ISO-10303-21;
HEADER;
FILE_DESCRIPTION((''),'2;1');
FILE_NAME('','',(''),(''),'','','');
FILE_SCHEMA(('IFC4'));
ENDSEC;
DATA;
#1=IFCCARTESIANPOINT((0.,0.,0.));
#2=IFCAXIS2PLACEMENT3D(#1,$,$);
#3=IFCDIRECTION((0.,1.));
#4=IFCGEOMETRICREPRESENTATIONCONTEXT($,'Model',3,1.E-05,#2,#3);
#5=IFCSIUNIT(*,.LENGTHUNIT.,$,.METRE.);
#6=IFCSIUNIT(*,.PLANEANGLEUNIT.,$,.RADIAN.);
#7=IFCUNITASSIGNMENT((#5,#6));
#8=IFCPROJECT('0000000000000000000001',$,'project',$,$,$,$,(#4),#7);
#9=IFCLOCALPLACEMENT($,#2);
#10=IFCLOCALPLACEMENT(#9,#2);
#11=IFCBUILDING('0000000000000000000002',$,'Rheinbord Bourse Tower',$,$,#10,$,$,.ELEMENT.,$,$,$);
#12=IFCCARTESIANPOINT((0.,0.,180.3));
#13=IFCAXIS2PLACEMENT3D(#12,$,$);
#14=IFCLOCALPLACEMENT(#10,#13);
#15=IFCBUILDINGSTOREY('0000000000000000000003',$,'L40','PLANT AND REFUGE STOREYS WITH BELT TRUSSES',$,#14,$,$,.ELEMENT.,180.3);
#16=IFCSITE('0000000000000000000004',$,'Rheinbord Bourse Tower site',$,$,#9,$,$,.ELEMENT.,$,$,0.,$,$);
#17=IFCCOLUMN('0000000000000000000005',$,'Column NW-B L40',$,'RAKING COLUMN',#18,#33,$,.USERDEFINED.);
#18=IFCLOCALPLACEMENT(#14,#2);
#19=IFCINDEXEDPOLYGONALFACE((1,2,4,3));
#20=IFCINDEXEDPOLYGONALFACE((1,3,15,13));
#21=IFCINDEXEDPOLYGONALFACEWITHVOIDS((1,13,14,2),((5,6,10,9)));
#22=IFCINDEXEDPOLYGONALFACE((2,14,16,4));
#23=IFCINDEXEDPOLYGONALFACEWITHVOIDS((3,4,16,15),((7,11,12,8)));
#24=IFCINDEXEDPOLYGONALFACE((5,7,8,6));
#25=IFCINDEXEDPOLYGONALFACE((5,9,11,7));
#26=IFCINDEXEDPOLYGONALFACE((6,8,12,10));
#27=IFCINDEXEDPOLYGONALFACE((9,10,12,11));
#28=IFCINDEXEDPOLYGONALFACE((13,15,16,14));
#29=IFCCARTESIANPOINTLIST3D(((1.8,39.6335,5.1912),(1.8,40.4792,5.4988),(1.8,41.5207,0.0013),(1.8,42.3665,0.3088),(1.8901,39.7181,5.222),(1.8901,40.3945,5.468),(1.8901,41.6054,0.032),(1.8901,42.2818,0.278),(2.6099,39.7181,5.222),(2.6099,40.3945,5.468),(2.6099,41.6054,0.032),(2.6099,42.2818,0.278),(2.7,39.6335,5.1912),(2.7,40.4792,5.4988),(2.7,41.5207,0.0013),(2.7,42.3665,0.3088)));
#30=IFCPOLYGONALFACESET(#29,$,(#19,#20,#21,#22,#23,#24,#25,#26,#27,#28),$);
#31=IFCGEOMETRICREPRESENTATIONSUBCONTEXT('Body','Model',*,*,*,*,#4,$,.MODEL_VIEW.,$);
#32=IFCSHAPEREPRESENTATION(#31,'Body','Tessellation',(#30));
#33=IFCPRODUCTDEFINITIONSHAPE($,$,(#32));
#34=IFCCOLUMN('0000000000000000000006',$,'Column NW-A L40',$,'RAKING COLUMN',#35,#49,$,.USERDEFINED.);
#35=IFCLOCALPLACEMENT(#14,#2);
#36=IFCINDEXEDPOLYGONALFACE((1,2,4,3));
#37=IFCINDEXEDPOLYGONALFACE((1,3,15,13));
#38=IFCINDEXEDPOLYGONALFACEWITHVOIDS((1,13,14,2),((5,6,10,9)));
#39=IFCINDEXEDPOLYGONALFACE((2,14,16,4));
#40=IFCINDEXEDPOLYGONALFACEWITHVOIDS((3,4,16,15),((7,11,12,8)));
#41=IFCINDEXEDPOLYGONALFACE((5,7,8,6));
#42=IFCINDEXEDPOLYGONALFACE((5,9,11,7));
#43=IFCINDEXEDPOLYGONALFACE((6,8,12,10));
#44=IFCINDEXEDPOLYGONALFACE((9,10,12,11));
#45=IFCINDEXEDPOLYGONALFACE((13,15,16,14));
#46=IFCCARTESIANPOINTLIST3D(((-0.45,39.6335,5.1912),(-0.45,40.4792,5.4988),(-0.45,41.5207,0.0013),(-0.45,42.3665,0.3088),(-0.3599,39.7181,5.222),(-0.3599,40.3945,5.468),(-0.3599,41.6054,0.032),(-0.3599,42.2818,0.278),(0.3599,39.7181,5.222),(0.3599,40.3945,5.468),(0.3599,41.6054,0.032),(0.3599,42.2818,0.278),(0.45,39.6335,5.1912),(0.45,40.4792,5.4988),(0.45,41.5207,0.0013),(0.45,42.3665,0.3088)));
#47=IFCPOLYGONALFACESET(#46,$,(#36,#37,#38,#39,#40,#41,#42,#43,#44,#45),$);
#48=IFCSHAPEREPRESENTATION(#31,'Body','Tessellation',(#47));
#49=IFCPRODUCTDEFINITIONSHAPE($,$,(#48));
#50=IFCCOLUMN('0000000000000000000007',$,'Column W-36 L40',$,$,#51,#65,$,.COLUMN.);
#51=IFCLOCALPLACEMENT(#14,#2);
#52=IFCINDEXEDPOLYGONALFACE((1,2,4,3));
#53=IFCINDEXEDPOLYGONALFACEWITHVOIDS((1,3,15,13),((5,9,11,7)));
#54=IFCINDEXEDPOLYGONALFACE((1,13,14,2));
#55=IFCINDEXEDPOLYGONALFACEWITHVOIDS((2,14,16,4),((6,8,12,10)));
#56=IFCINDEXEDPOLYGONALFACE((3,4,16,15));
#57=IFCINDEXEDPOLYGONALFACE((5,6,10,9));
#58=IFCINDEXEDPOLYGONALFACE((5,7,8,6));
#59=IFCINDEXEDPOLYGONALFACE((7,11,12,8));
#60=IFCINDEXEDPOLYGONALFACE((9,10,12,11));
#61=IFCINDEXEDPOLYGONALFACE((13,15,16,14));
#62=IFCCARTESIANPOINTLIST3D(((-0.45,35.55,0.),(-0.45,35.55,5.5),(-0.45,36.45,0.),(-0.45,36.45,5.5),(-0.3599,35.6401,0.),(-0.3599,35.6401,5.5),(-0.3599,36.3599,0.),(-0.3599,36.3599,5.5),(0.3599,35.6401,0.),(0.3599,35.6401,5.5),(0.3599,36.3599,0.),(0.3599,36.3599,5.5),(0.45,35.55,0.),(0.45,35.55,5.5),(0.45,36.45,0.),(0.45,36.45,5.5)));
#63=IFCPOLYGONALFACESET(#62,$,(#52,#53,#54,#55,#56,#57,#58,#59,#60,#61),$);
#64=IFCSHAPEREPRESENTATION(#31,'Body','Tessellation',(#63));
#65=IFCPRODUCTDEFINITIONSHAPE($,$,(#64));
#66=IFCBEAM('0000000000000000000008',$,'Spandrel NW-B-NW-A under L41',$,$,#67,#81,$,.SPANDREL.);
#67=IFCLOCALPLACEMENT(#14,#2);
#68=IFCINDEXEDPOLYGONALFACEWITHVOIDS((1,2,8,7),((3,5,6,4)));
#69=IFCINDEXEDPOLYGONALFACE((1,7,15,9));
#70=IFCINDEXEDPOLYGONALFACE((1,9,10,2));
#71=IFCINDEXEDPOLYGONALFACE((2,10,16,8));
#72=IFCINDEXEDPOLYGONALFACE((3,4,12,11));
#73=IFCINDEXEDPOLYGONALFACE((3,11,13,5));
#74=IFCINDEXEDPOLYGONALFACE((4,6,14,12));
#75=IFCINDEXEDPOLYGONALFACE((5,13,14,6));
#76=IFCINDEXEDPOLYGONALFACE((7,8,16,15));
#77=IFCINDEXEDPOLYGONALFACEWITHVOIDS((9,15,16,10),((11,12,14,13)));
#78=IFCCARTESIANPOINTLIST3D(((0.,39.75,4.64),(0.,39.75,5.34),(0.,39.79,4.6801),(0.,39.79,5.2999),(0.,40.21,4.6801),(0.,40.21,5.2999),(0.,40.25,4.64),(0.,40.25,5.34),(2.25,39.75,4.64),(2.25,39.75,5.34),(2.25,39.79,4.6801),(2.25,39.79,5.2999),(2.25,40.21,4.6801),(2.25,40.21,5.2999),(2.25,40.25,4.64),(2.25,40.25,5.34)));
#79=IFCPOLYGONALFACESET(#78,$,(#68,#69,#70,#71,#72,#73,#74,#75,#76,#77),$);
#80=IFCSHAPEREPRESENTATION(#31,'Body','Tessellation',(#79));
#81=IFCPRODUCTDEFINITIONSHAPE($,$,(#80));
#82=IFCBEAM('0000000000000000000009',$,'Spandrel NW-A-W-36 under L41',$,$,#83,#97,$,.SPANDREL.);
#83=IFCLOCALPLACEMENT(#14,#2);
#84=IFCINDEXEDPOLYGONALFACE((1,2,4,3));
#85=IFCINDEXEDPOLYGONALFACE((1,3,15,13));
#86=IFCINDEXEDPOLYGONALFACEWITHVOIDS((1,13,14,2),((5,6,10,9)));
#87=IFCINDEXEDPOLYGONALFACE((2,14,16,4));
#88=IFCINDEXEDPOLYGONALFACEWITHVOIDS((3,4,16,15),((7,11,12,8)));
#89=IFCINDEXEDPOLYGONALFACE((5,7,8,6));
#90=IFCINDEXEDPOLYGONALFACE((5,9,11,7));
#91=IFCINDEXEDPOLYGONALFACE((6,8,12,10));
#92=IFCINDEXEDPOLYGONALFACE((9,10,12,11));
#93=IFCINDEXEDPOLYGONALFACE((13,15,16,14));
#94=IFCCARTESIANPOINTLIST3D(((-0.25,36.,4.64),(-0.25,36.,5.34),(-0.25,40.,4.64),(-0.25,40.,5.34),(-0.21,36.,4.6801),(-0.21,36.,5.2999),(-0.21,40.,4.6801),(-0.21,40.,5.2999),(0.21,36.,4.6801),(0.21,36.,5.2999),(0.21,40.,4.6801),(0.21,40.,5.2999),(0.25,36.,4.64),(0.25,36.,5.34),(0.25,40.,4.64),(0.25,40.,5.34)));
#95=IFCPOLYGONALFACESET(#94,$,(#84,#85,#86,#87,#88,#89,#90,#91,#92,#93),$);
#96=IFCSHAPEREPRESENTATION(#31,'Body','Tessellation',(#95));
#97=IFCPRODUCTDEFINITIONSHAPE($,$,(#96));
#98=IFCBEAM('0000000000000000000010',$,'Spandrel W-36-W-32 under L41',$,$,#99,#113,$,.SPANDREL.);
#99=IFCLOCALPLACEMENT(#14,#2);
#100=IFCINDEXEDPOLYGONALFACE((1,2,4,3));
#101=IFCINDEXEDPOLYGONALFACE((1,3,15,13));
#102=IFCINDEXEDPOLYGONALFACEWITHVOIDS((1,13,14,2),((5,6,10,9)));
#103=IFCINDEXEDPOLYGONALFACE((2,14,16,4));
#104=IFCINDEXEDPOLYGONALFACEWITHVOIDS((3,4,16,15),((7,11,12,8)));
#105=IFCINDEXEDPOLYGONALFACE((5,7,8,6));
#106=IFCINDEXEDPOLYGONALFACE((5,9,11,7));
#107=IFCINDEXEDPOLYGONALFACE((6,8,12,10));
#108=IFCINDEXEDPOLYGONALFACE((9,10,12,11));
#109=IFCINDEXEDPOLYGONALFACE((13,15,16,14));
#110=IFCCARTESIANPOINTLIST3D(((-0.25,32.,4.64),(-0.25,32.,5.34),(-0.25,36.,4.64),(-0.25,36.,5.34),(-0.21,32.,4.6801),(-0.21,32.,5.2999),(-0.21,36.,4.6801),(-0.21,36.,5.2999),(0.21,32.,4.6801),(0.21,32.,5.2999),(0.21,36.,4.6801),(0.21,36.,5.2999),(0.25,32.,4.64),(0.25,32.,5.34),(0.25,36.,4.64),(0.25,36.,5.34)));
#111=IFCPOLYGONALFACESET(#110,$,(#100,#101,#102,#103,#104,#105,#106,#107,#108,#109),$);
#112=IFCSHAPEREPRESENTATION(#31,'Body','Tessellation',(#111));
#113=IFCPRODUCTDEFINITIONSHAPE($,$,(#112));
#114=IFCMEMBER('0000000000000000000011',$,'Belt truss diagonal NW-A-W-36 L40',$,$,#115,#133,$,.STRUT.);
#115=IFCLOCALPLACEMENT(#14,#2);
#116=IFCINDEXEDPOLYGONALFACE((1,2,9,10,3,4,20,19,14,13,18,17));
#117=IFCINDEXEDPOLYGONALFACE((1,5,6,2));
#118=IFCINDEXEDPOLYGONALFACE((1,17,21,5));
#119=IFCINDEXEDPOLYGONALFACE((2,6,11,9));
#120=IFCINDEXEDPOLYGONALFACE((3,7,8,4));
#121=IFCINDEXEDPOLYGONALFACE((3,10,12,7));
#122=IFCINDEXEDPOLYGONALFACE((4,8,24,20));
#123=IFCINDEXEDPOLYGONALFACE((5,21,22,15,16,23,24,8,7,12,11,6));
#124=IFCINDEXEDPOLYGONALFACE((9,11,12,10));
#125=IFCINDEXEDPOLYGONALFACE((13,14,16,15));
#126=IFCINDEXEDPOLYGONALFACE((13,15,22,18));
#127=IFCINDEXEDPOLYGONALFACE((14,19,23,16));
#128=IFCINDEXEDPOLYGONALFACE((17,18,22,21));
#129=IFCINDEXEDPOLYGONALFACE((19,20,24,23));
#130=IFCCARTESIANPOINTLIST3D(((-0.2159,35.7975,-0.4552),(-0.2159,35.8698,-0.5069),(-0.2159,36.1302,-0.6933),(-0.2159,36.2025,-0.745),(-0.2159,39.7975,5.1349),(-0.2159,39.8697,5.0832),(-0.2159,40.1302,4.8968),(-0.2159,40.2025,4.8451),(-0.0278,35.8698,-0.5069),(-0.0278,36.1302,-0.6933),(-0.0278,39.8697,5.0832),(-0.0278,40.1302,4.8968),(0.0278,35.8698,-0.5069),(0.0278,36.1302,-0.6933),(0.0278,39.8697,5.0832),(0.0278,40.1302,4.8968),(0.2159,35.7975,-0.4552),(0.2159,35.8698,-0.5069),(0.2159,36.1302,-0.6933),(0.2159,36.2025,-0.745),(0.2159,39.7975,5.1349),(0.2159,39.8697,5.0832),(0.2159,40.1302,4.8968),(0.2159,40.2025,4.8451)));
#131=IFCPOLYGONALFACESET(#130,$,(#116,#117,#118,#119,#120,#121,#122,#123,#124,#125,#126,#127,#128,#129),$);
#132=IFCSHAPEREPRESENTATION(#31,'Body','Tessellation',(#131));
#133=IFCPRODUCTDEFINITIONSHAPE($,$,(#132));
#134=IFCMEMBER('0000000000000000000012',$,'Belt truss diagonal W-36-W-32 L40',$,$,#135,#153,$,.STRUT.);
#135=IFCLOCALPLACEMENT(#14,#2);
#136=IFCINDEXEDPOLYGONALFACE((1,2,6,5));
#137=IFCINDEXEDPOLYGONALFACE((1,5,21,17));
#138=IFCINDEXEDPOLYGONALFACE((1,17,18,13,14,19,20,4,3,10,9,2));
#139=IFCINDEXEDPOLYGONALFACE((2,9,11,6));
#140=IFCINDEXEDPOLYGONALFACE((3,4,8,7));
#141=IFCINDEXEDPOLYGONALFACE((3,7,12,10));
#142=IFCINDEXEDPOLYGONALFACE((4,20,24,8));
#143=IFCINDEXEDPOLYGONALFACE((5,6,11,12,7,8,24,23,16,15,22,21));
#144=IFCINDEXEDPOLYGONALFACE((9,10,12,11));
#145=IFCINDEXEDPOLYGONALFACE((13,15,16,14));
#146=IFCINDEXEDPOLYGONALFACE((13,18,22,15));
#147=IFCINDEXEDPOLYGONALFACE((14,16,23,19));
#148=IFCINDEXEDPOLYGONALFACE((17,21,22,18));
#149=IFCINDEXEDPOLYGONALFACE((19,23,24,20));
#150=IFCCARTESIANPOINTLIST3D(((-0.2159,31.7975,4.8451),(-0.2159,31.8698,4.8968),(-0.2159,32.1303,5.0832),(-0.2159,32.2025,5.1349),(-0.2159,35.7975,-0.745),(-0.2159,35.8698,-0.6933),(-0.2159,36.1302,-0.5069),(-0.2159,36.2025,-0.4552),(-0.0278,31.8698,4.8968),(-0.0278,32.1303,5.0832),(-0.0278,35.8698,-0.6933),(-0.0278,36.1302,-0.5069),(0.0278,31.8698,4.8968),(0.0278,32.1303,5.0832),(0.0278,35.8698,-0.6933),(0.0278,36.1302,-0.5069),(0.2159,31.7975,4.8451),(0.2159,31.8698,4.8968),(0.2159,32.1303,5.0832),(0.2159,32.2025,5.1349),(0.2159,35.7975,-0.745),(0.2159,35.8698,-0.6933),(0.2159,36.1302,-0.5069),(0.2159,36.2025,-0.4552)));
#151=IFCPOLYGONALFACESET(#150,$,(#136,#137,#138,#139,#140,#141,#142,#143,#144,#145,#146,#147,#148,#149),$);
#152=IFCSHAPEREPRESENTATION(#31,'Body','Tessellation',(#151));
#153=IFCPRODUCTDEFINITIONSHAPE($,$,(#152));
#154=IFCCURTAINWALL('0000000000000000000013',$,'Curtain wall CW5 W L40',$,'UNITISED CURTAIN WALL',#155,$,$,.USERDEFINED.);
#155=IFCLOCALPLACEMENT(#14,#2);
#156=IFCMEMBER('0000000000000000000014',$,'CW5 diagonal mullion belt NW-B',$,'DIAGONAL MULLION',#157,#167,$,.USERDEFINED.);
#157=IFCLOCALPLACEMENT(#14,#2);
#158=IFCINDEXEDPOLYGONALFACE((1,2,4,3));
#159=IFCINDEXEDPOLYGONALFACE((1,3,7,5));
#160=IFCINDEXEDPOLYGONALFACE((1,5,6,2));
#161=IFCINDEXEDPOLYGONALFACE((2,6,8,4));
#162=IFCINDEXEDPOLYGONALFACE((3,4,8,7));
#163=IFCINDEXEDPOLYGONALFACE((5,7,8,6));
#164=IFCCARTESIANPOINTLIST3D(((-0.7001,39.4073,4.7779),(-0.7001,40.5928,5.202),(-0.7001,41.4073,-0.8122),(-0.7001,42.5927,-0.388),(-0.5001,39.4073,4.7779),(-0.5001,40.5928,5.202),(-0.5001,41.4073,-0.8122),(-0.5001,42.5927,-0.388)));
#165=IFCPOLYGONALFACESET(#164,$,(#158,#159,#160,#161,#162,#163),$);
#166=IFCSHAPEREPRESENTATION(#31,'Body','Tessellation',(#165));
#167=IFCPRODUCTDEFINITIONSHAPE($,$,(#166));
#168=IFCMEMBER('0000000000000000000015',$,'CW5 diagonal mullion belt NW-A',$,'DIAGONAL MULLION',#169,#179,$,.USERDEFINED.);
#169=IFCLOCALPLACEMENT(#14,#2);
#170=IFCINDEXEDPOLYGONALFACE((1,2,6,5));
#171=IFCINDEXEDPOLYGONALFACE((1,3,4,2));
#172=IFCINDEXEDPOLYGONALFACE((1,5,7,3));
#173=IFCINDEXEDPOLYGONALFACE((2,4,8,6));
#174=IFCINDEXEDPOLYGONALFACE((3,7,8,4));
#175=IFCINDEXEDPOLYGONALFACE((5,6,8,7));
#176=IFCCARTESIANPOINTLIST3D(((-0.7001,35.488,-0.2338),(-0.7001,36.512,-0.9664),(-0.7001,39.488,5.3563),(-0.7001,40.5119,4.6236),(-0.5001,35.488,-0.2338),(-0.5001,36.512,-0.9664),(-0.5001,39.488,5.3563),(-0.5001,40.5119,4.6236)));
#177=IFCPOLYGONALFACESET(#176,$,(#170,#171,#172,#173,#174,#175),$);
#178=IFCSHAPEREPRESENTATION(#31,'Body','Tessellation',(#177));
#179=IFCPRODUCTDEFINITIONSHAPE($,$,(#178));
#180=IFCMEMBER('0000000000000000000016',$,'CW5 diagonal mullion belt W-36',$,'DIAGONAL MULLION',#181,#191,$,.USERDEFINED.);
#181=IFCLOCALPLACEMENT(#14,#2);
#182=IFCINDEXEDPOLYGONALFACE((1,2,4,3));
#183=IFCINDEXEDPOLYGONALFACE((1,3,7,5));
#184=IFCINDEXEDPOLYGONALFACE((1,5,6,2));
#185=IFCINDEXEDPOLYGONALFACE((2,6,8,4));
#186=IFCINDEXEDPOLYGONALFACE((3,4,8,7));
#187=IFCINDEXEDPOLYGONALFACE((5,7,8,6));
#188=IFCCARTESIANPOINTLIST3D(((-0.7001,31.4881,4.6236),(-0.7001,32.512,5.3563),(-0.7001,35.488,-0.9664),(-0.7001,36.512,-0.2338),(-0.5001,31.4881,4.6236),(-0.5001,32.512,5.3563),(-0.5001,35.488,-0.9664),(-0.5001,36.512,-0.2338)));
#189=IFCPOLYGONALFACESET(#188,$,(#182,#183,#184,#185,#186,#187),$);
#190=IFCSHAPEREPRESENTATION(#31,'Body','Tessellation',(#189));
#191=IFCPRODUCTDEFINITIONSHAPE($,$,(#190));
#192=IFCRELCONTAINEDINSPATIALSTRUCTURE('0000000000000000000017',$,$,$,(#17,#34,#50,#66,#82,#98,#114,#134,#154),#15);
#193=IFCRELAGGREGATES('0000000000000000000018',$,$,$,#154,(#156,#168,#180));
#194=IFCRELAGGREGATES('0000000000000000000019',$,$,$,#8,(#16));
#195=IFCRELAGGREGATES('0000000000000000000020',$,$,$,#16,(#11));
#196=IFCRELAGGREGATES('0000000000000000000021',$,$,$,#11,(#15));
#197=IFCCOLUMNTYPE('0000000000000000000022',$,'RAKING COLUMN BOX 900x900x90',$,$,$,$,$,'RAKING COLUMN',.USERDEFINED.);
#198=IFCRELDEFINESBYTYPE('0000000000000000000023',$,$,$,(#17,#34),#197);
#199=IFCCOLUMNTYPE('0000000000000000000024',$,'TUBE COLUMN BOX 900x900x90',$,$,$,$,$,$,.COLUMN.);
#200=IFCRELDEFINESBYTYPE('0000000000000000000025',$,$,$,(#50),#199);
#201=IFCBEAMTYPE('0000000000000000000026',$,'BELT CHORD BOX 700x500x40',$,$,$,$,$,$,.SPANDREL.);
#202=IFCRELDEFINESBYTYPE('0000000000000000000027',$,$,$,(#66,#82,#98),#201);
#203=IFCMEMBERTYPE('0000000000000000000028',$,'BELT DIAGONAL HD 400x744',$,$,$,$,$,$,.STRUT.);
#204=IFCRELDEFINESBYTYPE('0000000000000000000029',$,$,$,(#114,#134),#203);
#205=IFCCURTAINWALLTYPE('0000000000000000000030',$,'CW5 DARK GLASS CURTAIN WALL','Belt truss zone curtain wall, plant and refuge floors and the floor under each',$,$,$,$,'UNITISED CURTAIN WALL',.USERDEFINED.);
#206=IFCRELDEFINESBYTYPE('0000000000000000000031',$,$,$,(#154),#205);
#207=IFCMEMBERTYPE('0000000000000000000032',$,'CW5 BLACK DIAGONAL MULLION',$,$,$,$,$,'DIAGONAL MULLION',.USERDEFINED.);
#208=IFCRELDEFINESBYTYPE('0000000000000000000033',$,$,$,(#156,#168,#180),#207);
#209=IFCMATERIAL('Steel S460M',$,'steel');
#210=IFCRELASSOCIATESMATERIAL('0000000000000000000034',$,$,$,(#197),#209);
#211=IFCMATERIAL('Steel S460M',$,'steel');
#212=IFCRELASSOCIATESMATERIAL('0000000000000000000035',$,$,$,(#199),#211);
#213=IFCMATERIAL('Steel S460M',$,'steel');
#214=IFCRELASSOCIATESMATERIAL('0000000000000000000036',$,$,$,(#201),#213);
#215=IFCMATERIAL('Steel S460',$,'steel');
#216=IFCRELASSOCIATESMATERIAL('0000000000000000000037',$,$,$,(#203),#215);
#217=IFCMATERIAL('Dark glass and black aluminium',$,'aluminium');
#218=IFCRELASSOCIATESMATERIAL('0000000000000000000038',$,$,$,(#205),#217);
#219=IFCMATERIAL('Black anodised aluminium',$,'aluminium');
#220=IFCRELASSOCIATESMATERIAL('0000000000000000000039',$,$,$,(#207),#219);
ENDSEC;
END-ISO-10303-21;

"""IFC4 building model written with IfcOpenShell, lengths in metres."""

from ifc_helpers import new_model, si_unit, direction, frame, origin, origin_2d, place, context, subcontext, project, spatial, rectangle, hollow_rectangle, i_section, extrude, material, material_profile, profile_set, type_object, element, aggregate, save


model = new_model("IFC4")

# Units and contexts
model_context = context("Model", 3, precision=1e-05, world=origin(), true_north=direction((0.0, 1.0)))
body_context = subcontext(model_context, "Body", "Model", "MODEL_VIEW")
ifc_project = project(units=[si_unit("LENGTHUNIT", "METRE"), si_unit("PLANEANGLEUNIT", "RADIAN")], contexts=[model_context])

# Site, building, storey
site_placement = place(None, origin())
site = spatial("IfcSite", under=ifc_project, at=site_placement, Name="Rheinbord Bourse Tower site", CompositionType="ELEMENT", RefElevation=0.0)
building_placement = place(site_placement, origin())
building = spatial("IfcBuilding", under=site, at=building_placement, Name="Rheinbord Bourse Tower", CompositionType="ELEMENT")
storey_placement = place(building_placement, frame((0.0, 0.0, 180.3)))
storey = spatial("IfcBuildingStorey", under=building, at=storey_placement, Name="L40", Description="PLANT AND REFUGE STOREYS WITH BELT TRUSSES", CompositionType="ELEMENT", Elevation=180.3)

# Columns
ifc_material_1 = material(Name="Steel S460M", Category="steel")
ifc_material_profile_1 = material_profile(ifc_material_1, hollow_rectangle(XDim=0.8999, YDim=0.8999, WallThickness=0.0901, at=origin_2d()), Name="BOX 900x900x90")
ifc_profile_set_1 = profile_set([ifc_material_profile_1], Name="Steel S460M")
column_type_1 = type_object("IfcColumnType", Name="RAKING COLUMN BOX 900x900x90", ElementType="RAKING COLUMN", PredefinedType="USERDEFINED", material=ifc_profile_set_1)
for number, where, z_axis, x_axis, name in (
    (1, (2.25, 41.9436, 0.155), (0.0, -0.341743, 0.939793), (1.0, 0.0, 0.0), "Column NW-B L40"),
    (2, (0.0, 41.9436, 0.155), (0.0, -0.341743, 0.939793), (1.0, 0.0, 0.0), "Column NW-A L40"),
):
    element("IfcColumn", number, at=place(storey_placement, frame(where, z_axis=z_axis, x_axis=x_axis)), inside=storey, type_object=column_type_1, Name=name, ObjectType="RAKING COLUMN", PredefinedType="USERDEFINED", context=body_context, shape_type="SweptSolid", body=[
        extrude(hollow_rectangle(XDim=0.8999, YDim=0.8999, WallThickness=0.0901, at=origin_2d()), origin(), (0.0, 0.0, 1.0), 5.5225),
    ])
ifc_material_2 = material(Name="Steel S460M", Category="steel")
ifc_material_profile_2 = material_profile(ifc_material_2, hollow_rectangle(XDim=0.8999, YDim=0.8999, WallThickness=0.0901, at=origin_2d()), Name="BOX 900x900x90")
ifc_profile_set_2 = profile_set([ifc_material_profile_2], Name="Steel S460M")
column_type_2 = type_object("IfcColumnType", Name="TUBE COLUMN BOX 900x900x90", PredefinedType="COLUMN", material=ifc_profile_set_2)
column_placement = place(storey_placement, frame((0.0, 36.0, 0.0), z_axis=(0.0, 0.0, 1.0), x_axis=(1.0, 0.0, 0.0)))
element("IfcColumn", 3, at=column_placement, inside=storey, type_object=column_type_2, Name="Column W-36 L40", PredefinedType="COLUMN", context=body_context, shape_type="SweptSolid", body=[
    extrude(hollow_rectangle(XDim=0.8999, YDim=0.8999, WallThickness=0.0901, at=origin_2d()), origin(), (0.0, 0.0, 1.0), 5.5),
])

# Beams
ifc_material_3 = material(Name="Steel S460M", Category="steel")
ifc_material_profile_3 = material_profile(ifc_material_3, hollow_rectangle(XDim=0.5, YDim=0.7, WallThickness=0.04, at=origin_2d()), Name="BOX 700x500x40")
ifc_profile_set_3 = profile_set([ifc_material_profile_3], Name="Steel S460M")
beam_type_1 = type_object("IfcBeamType", Name="BELT CHORD BOX 700x500x40", PredefinedType="SPANDREL", material=ifc_profile_set_3)
beam_1_placement = place(storey_placement, frame((2.25, 40.0, 4.99), z_axis=(-1.0, 0.0, 0.0), x_axis=(0.0, -1.0, 0.0)))
element("IfcBeam", 4, at=beam_1_placement, inside=storey, type_object=beam_type_1, Name="Spandrel NW-B-NW-A under L41", PredefinedType="SPANDREL", context=body_context, shape_type="SweptSolid", body=[
    extrude(hollow_rectangle(XDim=0.5, YDim=0.7, WallThickness=0.04, at=origin_2d()), origin(), (0.0, 0.0, 1.0), 2.25),
])
for number, where, z_axis, x_axis, name in (
    (5, (0.0, 40.0, 4.99), (0.0, -1.0, 0.0), (1.0, 0.0, 0.0), "Spandrel NW-A-W-36 under L41"),
    (6, (0.0, 36.0, 4.99), (0.0, -1.0, 0.0), (1.0, 0.0, 0.0), "Spandrel W-36-W-32 under L41"),
):
    element("IfcBeam", number, at=place(storey_placement, frame(where, z_axis=z_axis, x_axis=x_axis)), inside=storey, type_object=beam_type_1, Name=name, PredefinedType="SPANDREL", context=body_context, shape_type="SweptSolid", body=[
        extrude(hollow_rectangle(XDim=0.5, YDim=0.7, WallThickness=0.04, at=origin_2d()), origin(), (0.0, 0.0, 1.0), 4.0),
    ])

# Members
ifc_material_4 = material(Name="Steel S460", Category="steel")
ifc_material_profile_4 = material_profile(ifc_material_4, i_section(OverallWidth=0.4319, OverallDepth=0.498, WebThickness=0.0557, FlangeThickness=0.0889, at=origin_2d()), Name="HD 400x744")
ifc_profile_set_4 = profile_set([ifc_material_profile_4], Name="Steel S460")
member_type_1 = type_object("IfcMemberType", Name="BELT DIAGONAL HD 400x744", PredefinedType="STRUT", material=ifc_profile_set_4)
for number, where, z_axis, x_axis, name in (
    (7, (0.0, 36.0, -0.6001), (0.0, 0.58192, 0.813246), (-1.0, 0.0, 0.0), "Belt truss diagonal NW-A-W-36 L40"),
    (8, (0.0, 36.0, -0.6001), (0.0, -0.58192, 0.813246), (1.0, 0.0, 0.0), "Belt truss diagonal W-36-W-32 L40"),
):
    element("IfcMember", number, at=place(storey_placement, frame(where, z_axis=z_axis, x_axis=x_axis)), inside=storey, type_object=member_type_1, Name=name, PredefinedType="STRUT", context=body_context, shape_type="SweptSolid", body=[
        extrude(i_section(OverallWidth=0.4319, OverallDepth=0.498, WebThickness=0.0557, FlangeThickness=0.0889, at=origin_2d()), origin(), (0.0, 0.0, 1.0), 6.8738),
    ])

# Curtain wall, members
ifc_material_5 = material(Name="Dark glass and black aluminium", Category="aluminium")
curtain_wall_type = type_object("IfcCurtainWallType", Name="CW5 DARK GLASS CURTAIN WALL", Description="Belt truss zone curtain wall, plant and refuge floors and the floor under each", ElementType="UNITISED CURTAIN WALL", PredefinedType="USERDEFINED", material=ifc_material_5)
curtain_wall_placement = place(storey_placement, origin())
curtain_wall = element("IfcCurtainWall", 9, at=curtain_wall_placement, inside=storey, type_object=curtain_wall_type, Name="Curtain wall CW5 W L40", ObjectType="UNITISED CURTAIN WALL", PredefinedType="USERDEFINED")
ifc_material_6 = material(Name="Black anodised aluminium", Category="aluminium")
ifc_material_profile_5 = material_profile(ifc_material_6, rectangle(XDim=0.2, YDim=1.259, at=origin_2d()), Name="CW5 DIAGONAL MULLION 1259x200")
ifc_profile_set_5 = profile_set([ifc_material_profile_5], Name="Black anodised aluminium")
member_type_2 = type_object("IfcMemberType", Name="CW5 BLACK DIAGONAL MULLION", ElementType="DIAGONAL MULLION", PredefinedType="USERDEFINED", material=ifc_profile_set_5)
member_1_placement = place(storey_placement, frame((-0.6001, 42.0, -0.6001), z_axis=(0.0, -0.336865, 0.941553), x_axis=(1.0, 0.0, 0.0)))
member_1 = element("IfcMember", 10, at=member_1_placement, type_object=member_type_2, Name="CW5 diagonal mullion belt NW-B", ObjectType="DIAGONAL MULLION", PredefinedType="USERDEFINED", context=body_context, shape_type="SweptSolid", body=[
    extrude(rectangle(XDim=0.2, YDim=1.259, at=origin_2d()), origin(), (0.0, 0.0, 1.0), 5.937),
])
member_2_placement = place(storey_placement, frame((-0.6001, 36.0, -0.6001), z_axis=(0.0, 0.58192, 0.813246), x_axis=(-1.0, 0.0, 0.0)))
member_2 = element("IfcMember", 11, at=member_2_placement, type_object=member_type_2, Name="CW5 diagonal mullion belt NW-A", ObjectType="DIAGONAL MULLION", PredefinedType="USERDEFINED", context=body_context, shape_type="SweptSolid", body=[
    extrude(rectangle(XDim=0.2, YDim=1.259, at=origin_2d()), origin(), (0.0, 0.0, 1.0), 6.8738),
])
member_3_placement = place(storey_placement, frame((-0.6001, 36.0, -0.6001), z_axis=(0.0, -0.58192, 0.813246), x_axis=(1.0, 0.0, 0.0)))
member_3 = element("IfcMember", 12, at=member_3_placement, type_object=member_type_2, Name="CW5 diagonal mullion belt W-36", ObjectType="DIAGONAL MULLION", PredefinedType="USERDEFINED", context=body_context, shape_type="SweptSolid", body=[
    extrude(rectangle(XDim=0.2, YDim=1.259, at=origin_2d()), origin(), (0.0, 0.0, 1.0), 6.8738),
])

aggregate(curtain_wall, [member_1, member_2, member_3])

save(model, "model.ifc")
